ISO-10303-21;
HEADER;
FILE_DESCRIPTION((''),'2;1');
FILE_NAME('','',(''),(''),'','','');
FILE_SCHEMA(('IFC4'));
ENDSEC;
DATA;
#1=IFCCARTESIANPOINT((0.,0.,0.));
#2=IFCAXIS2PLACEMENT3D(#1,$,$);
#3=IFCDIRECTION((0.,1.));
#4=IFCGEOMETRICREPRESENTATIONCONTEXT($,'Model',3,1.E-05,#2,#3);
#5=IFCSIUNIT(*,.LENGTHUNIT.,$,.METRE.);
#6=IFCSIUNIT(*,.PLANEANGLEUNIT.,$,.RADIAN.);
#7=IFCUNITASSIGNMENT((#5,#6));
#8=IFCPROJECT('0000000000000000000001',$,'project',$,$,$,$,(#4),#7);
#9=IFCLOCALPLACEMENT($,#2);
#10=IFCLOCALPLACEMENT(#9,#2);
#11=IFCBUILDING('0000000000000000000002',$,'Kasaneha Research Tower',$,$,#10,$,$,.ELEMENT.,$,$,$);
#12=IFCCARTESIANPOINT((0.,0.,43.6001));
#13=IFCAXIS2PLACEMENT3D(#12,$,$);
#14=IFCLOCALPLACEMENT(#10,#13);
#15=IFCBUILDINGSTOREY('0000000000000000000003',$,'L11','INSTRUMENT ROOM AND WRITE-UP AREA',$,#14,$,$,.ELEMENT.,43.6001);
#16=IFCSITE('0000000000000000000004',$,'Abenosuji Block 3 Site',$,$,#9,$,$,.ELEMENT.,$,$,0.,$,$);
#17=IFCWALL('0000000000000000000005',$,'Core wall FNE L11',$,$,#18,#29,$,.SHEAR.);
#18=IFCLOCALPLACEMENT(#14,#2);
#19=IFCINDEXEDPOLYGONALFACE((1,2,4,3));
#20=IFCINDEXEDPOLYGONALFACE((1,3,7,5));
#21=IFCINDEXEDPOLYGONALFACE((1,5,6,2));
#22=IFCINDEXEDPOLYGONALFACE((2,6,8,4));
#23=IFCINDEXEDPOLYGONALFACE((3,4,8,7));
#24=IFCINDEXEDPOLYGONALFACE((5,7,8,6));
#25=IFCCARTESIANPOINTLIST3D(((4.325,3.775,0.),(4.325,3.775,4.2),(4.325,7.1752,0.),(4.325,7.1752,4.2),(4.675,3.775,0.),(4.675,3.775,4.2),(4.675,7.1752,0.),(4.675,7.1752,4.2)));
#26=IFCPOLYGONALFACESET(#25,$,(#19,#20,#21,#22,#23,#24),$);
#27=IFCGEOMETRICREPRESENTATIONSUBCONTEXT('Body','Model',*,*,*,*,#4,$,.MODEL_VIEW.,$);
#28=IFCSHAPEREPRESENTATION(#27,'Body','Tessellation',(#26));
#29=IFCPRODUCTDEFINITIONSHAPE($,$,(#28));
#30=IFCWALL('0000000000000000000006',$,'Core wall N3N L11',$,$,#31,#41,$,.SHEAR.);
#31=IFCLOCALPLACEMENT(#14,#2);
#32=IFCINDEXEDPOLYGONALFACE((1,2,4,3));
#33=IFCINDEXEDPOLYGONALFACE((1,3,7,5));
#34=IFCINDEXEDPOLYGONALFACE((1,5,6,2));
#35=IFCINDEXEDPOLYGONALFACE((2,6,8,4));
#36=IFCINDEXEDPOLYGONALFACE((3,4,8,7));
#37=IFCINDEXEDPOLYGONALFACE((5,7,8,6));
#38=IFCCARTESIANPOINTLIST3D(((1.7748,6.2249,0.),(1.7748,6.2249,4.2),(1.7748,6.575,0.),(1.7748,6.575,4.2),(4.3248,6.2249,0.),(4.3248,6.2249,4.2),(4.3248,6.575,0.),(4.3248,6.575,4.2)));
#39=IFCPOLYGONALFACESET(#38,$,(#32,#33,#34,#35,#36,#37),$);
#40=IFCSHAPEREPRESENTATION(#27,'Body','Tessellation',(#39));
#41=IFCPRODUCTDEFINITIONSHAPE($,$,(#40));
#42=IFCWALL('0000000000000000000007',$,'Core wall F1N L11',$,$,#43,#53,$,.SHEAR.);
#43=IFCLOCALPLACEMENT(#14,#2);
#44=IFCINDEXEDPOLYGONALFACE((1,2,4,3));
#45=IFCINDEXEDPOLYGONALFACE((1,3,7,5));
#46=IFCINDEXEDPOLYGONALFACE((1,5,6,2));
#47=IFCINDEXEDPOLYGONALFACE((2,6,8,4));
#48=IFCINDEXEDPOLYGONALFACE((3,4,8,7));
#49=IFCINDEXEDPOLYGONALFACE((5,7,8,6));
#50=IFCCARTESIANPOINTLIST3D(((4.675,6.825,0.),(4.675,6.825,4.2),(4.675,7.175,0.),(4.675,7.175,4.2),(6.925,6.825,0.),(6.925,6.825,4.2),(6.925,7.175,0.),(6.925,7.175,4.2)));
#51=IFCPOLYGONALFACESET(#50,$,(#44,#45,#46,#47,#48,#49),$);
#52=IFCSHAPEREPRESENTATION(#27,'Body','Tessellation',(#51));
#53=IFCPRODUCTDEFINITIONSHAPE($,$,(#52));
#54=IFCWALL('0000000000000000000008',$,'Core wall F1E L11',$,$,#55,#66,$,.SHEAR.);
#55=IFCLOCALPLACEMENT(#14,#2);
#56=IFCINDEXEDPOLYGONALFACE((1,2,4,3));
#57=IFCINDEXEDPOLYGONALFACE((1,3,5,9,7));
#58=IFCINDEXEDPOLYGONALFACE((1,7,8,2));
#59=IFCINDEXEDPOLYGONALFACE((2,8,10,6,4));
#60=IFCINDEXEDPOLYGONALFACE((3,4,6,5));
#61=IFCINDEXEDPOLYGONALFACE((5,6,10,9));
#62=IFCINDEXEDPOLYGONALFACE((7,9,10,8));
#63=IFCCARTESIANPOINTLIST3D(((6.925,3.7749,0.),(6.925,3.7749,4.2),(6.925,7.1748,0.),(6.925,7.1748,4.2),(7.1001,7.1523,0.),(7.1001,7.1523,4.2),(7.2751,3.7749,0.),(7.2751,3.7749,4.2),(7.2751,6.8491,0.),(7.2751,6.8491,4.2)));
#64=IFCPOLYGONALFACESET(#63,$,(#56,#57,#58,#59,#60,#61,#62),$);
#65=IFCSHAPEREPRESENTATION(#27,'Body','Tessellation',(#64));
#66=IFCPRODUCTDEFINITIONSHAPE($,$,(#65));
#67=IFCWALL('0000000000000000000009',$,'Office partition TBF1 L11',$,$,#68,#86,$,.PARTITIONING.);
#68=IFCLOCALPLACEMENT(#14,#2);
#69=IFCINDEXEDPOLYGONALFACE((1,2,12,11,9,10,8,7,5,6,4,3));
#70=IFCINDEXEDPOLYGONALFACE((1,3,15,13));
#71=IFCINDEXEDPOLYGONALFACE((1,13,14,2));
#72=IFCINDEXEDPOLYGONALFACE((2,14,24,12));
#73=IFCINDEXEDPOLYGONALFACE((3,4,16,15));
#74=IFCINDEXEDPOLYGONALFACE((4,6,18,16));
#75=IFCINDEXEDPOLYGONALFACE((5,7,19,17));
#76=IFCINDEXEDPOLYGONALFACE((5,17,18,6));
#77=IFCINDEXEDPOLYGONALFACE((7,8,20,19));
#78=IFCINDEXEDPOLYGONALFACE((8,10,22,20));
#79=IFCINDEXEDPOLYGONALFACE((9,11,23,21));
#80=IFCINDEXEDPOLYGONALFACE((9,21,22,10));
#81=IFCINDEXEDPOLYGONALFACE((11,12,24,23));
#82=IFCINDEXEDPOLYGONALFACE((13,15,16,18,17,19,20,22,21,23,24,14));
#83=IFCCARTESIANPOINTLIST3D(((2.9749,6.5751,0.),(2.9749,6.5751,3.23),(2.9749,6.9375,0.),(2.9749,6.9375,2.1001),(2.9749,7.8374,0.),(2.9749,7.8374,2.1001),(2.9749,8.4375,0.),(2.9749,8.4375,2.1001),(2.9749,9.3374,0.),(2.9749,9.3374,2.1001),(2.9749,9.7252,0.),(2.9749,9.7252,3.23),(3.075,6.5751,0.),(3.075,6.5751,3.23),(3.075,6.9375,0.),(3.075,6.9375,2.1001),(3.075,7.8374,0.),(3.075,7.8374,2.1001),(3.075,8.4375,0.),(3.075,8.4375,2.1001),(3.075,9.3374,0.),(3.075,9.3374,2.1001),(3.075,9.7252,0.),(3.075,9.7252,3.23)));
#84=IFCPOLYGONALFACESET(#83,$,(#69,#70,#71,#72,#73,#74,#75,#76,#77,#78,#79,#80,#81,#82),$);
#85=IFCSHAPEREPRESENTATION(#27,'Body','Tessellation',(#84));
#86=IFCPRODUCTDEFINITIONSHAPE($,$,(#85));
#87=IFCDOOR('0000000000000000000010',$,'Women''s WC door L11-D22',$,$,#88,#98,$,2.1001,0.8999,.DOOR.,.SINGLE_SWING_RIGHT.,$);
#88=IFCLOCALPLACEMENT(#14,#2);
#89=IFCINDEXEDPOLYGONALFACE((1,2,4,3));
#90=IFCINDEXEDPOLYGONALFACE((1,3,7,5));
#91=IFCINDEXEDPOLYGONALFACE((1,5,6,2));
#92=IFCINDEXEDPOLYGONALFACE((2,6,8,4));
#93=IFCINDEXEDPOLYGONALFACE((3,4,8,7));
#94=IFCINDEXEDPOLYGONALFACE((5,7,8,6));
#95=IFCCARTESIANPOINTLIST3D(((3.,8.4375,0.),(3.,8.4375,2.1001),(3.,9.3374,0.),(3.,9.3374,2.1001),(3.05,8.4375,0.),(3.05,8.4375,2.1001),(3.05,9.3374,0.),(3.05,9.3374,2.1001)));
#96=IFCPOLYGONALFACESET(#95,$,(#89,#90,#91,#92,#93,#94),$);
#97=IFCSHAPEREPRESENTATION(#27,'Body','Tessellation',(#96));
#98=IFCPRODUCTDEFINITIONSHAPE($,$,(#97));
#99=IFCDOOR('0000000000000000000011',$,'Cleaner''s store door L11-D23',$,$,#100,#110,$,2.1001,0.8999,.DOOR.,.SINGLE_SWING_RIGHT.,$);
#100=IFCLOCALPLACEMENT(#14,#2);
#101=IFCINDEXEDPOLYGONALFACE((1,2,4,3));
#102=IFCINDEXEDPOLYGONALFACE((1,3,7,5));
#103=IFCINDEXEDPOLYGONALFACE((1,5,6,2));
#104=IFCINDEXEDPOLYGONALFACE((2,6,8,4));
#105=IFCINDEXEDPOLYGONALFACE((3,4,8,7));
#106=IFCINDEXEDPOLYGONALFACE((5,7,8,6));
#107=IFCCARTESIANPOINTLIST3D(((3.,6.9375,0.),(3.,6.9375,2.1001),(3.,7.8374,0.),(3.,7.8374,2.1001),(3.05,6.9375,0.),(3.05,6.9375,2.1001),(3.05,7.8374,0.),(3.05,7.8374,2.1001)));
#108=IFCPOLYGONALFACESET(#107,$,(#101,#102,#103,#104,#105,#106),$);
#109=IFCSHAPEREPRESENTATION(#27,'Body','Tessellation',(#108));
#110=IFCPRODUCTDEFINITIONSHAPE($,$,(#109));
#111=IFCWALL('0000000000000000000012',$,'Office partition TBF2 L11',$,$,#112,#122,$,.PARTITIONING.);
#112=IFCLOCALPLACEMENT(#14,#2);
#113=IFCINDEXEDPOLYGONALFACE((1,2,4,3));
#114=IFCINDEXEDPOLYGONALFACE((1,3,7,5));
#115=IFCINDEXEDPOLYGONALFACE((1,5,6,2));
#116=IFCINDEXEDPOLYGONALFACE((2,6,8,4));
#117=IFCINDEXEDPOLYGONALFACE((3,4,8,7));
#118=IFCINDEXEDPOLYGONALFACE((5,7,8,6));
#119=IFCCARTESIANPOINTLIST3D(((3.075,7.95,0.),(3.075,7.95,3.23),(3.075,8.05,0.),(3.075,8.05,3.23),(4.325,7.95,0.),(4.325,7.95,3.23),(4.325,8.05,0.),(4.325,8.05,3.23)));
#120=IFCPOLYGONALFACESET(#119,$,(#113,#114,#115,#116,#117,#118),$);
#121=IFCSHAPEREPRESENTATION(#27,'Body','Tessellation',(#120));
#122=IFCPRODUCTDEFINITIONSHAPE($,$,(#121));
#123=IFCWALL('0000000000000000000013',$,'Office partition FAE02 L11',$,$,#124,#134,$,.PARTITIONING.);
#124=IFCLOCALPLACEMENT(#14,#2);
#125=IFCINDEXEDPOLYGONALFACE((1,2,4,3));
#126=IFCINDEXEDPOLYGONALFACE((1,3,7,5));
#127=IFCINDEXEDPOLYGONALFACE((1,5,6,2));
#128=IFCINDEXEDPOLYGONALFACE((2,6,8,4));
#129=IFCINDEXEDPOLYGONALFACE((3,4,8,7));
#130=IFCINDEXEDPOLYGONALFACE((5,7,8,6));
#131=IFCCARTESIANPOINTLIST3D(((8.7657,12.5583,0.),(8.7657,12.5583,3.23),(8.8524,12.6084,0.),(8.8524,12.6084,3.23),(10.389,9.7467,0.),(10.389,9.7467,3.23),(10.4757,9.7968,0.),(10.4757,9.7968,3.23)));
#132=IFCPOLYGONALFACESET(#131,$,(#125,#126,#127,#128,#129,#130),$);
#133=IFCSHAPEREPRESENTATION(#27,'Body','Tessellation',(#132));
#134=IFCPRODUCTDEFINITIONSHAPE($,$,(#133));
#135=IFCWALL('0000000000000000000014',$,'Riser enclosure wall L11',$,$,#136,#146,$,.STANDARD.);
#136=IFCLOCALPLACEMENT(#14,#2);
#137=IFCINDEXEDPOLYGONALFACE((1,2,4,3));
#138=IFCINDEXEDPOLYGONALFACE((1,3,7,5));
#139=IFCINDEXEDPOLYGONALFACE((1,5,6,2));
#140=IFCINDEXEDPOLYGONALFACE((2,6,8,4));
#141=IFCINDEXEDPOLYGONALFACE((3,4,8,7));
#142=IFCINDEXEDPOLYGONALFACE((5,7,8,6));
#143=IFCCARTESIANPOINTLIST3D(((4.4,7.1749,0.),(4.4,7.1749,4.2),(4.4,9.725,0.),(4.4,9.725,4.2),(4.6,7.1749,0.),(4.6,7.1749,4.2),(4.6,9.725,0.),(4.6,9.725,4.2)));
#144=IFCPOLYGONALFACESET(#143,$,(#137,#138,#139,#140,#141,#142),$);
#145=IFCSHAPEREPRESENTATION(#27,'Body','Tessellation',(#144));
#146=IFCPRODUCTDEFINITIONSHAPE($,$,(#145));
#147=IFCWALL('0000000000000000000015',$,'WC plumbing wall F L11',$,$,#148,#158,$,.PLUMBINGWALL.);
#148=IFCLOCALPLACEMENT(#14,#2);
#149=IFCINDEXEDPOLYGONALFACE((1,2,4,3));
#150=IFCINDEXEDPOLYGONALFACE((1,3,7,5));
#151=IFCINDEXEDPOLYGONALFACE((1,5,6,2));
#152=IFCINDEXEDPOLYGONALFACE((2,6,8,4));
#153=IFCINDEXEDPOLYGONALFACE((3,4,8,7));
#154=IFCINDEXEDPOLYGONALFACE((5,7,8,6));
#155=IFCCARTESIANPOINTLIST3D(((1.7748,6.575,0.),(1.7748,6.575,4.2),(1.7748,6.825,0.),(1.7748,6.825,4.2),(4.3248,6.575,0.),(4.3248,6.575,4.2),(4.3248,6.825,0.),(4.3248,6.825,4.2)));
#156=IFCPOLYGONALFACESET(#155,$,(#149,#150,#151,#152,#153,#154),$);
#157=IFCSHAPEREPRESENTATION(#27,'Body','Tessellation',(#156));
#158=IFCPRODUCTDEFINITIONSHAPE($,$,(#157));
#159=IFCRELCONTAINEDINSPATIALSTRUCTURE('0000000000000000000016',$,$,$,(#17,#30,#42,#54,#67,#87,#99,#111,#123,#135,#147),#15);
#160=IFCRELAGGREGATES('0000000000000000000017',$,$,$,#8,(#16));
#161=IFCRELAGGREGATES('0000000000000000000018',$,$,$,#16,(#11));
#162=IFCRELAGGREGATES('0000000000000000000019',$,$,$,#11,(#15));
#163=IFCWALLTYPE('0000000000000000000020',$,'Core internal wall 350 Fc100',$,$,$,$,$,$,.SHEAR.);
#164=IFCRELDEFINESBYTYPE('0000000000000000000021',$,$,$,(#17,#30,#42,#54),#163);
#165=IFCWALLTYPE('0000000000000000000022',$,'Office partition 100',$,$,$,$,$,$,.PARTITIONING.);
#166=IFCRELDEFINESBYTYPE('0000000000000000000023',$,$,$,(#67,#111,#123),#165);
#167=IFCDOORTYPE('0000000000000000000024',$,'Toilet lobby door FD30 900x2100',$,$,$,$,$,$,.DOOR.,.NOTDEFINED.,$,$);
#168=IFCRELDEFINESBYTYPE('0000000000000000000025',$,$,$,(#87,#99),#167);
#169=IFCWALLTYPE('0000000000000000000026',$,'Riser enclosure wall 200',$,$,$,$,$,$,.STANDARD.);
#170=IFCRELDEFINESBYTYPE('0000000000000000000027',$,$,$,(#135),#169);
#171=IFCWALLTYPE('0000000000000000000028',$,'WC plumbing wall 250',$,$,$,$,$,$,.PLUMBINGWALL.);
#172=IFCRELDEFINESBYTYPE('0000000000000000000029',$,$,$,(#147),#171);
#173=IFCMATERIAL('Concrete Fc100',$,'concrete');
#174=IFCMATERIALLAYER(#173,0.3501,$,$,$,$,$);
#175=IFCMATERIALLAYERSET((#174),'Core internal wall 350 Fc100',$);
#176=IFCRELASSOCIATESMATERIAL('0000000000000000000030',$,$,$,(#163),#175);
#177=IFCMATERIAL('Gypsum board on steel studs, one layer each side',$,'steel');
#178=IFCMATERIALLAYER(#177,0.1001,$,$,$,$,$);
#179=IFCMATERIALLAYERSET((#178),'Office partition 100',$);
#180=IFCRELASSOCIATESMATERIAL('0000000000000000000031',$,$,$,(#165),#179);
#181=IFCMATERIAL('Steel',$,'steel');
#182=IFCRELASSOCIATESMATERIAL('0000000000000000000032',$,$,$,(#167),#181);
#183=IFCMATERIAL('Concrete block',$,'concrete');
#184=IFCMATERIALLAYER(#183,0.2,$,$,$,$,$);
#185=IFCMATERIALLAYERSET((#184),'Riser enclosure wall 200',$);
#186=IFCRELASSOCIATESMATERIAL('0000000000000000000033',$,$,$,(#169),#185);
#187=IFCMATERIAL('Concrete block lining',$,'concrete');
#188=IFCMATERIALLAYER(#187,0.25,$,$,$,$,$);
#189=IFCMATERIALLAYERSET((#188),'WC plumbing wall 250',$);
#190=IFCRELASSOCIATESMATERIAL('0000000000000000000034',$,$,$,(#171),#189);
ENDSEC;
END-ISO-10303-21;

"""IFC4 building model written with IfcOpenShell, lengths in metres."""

from ifc_helpers import new_model, si_unit, direction, frame, frame_2d, origin, place, context, subcontext, project, spatial, polyline, rectangle, outline, extrude, material, layer, layer_set, type_object, element, fill, save


model = new_model("IFC4")

# Units and contexts
model_context = context("Model", 3, precision=1e-05, world=origin(), true_north=direction((0.0, 1.0)))
body_context = subcontext(model_context, "Body", "Model", "MODEL_VIEW")
ifc_project = project(units=[si_unit("LENGTHUNIT", "METRE"), si_unit("PLANEANGLEUNIT", "RADIAN")], contexts=[model_context])

# Site, building, storey
site_placement = place(None, origin())
site = spatial("IfcSite", under=ifc_project, at=site_placement, Name="Abenosuji Block 3 Site", CompositionType="ELEMENT", RefElevation=0.0)
building_placement = place(site_placement, origin())
building = spatial("IfcBuilding", under=site, at=building_placement, Name="Kasaneha Research Tower", CompositionType="ELEMENT")
storey_placement = place(building_placement, frame((0.0, 0.0, 43.6001)))
storey = spatial("IfcBuildingStorey", under=building, at=storey_placement, Name="L11", Description="INSTRUMENT ROOM AND WRITE-UP AREA", CompositionType="ELEMENT", Elevation=43.6001)

# Shared definitions
ifc_material_1 = material(Name="Concrete Fc100", Category="concrete")
ifc_layer_1 = layer(ifc_material_1, 0.3501)
ifc_layer_set_1 = layer_set([ifc_layer_1], Name="Core internal wall 350 Fc100")
wall_type_1 = type_object("IfcWallType", Name="Core internal wall 350 Fc100", PredefinedType="SHEAR", material=ifc_layer_set_1)

# Walls
wall_1_placement = place(storey_placement, frame((4.5, 3.7749, 0.0), z_axis=(0.0, 0.0, 1.0), x_axis=(0.0, 1.0, 0.0)))
element("IfcWall", 1, at=wall_1_placement, inside=storey, type_object=wall_type_1, Name="Core wall FNE L11", PredefinedType="SHEAR", context=body_context, shape_type="SweptSolid", body=[
    extrude(rectangle(XDim=3.4001, YDim=0.3501, at=frame_2d((1.7002, 0.0))), origin(), (0.0, 0.0, 1.0), 4.2),
])
wall_2_placement = place(storey_placement, frame((1.7749, 6.3999, 0.0), z_axis=(0.0, 0.0, 1.0), x_axis=(1.0, 0.0, 0.0)))
element("IfcWall", 2, at=wall_2_placement, inside=storey, type_object=wall_type_1, Name="Core wall N3N L11", PredefinedType="SHEAR", context=body_context, shape_type="SweptSolid", body=[
    extrude(rectangle(XDim=2.55, YDim=0.3501, at=frame_2d((1.2749, 0.0))), origin(), (0.0, 0.0, 1.0), 4.2),
])
wall_3_placement = place(storey_placement, frame((4.675, 7.0, 0.0), z_axis=(0.0, 0.0, 1.0), x_axis=(1.0, 0.0, 0.0)))
element("IfcWall", 3, at=wall_3_placement, inside=storey, type_object=wall_type_1, Name="Core wall F1N L11", PredefinedType="SHEAR", context=body_context, shape_type="SweptSolid", body=[
    extrude(rectangle(XDim=2.25, YDim=0.3501, at=frame_2d((1.125, 0.0))), origin(), (0.0, 0.0, 1.0), 4.2),
])
wall_4_placement = place(storey_placement, frame((7.1001, 3.7749, 0.0), z_axis=(0.0, 0.0, 1.0), x_axis=(0.0, 1.0, 0.0)))
element("IfcWall", 4, at=wall_4_placement, inside=storey, type_object=wall_type_1, Name="Core wall F1E L11", PredefinedType="SHEAR", context=body_context, shape_type="SweptSolid", body=[
    extrude(outline(polyline([(0.0, -0.175), (3.0742, -0.175), (3.3774, 0.0), (3.3999, 0.175), (0.0, 0.175), (0.0, -0.175)])), origin(), (0.0, 0.0, 1.0), 4.2),
])

# Wall, openings, doors
ifc_material_2 = material(Name="Gypsum board on steel studs, one layer each side", Category="steel")
ifc_layer_2 = layer(ifc_material_2, 0.1001)
ifc_layer_set_2 = layer_set([ifc_layer_2], Name="Office partition 100")
wall_type_2 = type_object("IfcWallType", Name="Office partition 100", PredefinedType="PARTITIONING", material=ifc_layer_set_2)
wall_5_placement = place(storey_placement, frame((3.0249, 6.575, 0.0), z_axis=(0.0, 0.0, 1.0), x_axis=(0.0, 1.0, 0.0)))
wall_5 = element("IfcWall", 5, at=wall_5_placement, inside=storey, type_object=wall_type_2, Name="Office partition TBF1 L11", PredefinedType="PARTITIONING", context=body_context, shape_type="SweptSolid", body=[
    extrude(rectangle(XDim=3.1501, YDim=0.1001, at=frame_2d((1.5752, 0.0))), origin(), (0.0, 0.0, 1.0), 3.23),
])
opening_1_placement = place(wall_5_placement, frame((1.8625, 0.0, 0.0)))
opening_1 = element("IfcOpeningElement", 6, at=opening_1_placement, cuts=wall_5, PredefinedType="OPENING", context=body_context, shape_type="SweptSolid", body=[
    extrude(rectangle(XDim=0.8999, YDim=2.1001, at=frame_2d((0.45, 1.05))), frame((0.0, 0.0601, 0.0), z_axis=(0.0, -1.0, 0.0), x_axis=(1.0, 0.0, 0.0)), (0.0, 0.0, 1.0), 0.1201),
])
opening_2_placement = place(wall_5_placement, frame((0.3625, 0.0, 0.0)))
opening_2 = element("IfcOpeningElement", 7, at=opening_2_placement, cuts=wall_5, PredefinedType="OPENING", context=body_context, shape_type="SweptSolid", body=[
    extrude(rectangle(XDim=0.8999, YDim=2.1001, at=frame_2d((0.45, 1.05))), frame((0.0, 0.0601, 0.0), z_axis=(0.0, -1.0, 0.0), x_axis=(1.0, 0.0, 0.0)), (0.0, 0.0, 1.0), 0.1201),
])
ifc_material_3 = material(Name="Steel", Category="steel")
door_type_1 = type_object("IfcDoorType", Name="Toilet lobby door FD30 900x2100", OperationType="NOTDEFINED", PredefinedType="DOOR", material=ifc_material_3)
door_1_placement = place(opening_1_placement, origin())
door_1 = element("IfcDoor", 8, at=door_1_placement, inside=storey, type_object=door_type_1, Name="Women's WC door L11-D22", OperationType="SINGLE_SWING_RIGHT", OverallHeight=2.1001, OverallWidth=0.8999, PredefinedType="DOOR", context=body_context, shape_type="SweptSolid", body=[
    extrude(rectangle(XDim=0.8999, YDim=2.1001, at=frame_2d((0.45, 1.05))), frame((0.0, 0.0249, 0.0), z_axis=(0.0, -1.0, 0.0), x_axis=(1.0, 0.0, 0.0)), (0.0, 0.0, 1.0), 0.05),
])
fill(opening_1, door_1)
door_2_placement = place(opening_2_placement, origin())
door_2 = element("IfcDoor", 9, at=door_2_placement, inside=storey, type_object=door_type_1, Name="Cleaner's store door L11-D23", OperationType="SINGLE_SWING_RIGHT", OverallHeight=2.1001, OverallWidth=0.8999, PredefinedType="DOOR", context=body_context, shape_type="SweptSolid", body=[
    extrude(rectangle(XDim=0.8999, YDim=2.1001, at=frame_2d((0.45, 1.05))), frame((0.0, 0.0249, 0.0), z_axis=(0.0, -1.0, 0.0), x_axis=(1.0, 0.0, 0.0)), (0.0, 0.0, 1.0), 0.05),
])
fill(opening_2, door_2)

# Walls
wall_6_placement = place(storey_placement, frame((3.075, 8.0, 0.0), z_axis=(0.0, 0.0, 1.0), x_axis=(1.0, 0.0, 0.0)))
element("IfcWall", 10, at=wall_6_placement, inside=storey, type_object=wall_type_2, Name="Office partition TBF2 L11", PredefinedType="PARTITIONING", context=body_context, shape_type="SweptSolid", body=[
    extrude(rectangle(XDim=1.25, YDim=0.1001, at=frame_2d((0.625, 0.0))), origin(), (0.0, 0.0, 1.0), 3.23),
])
wall_7_placement = place(storey_placement, frame((10.4324, 9.7717, 0.0), z_axis=(0.0, 0.0, 1.0), x_axis=(-0.500013, 0.866018, 0.0)))
element("IfcWall", 11, at=wall_7_placement, inside=storey, type_object=wall_type_2, Name="Office partition FAE02 L11", PredefinedType="PARTITIONING", context=body_context, shape_type="SweptSolid", body=[
    extrude(rectangle(XDim=3.2466, YDim=0.1001, at=frame_2d((1.6233, 0.0))), origin(), (0.0, 0.0, 1.0), 3.23),
])
ifc_material_4 = material(Name="Concrete block", Category="concrete")
ifc_layer_3 = layer(ifc_material_4, 0.2)
ifc_layer_set_3 = layer_set([ifc_layer_3], Name="Riser enclosure wall 200")
wall_type_3 = type_object("IfcWallType", Name="Riser enclosure wall 200", PredefinedType="STANDARD", material=ifc_layer_set_3)
wall_8_placement = place(storey_placement, frame((4.5, 7.175, 0.0), z_axis=(0.0, 0.0, 1.0), x_axis=(0.0, 1.0, 0.0)))
element("IfcWall", 12, at=wall_8_placement, inside=storey, type_object=wall_type_3, Name="Riser enclosure wall L11", PredefinedType="STANDARD", context=body_context, shape_type="SweptSolid", body=[
    extrude(rectangle(XDim=2.55, YDim=0.2, at=frame_2d((1.2749, 0.0))), origin(), (0.0, 0.0, 1.0), 4.2),
])
ifc_material_5 = material(Name="Concrete block lining", Category="concrete")
ifc_layer_4 = layer(ifc_material_5, 0.25)
ifc_layer_set_4 = layer_set([ifc_layer_4], Name="WC plumbing wall 250")
wall_type_4 = type_object("IfcWallType", Name="WC plumbing wall 250", PredefinedType="PLUMBINGWALL", material=ifc_layer_set_4)
wall_9_placement = place(storey_placement, frame((1.7749, 6.7, 0.0), z_axis=(0.0, 0.0, 1.0), x_axis=(1.0, 0.0, 0.0)))
element("IfcWall", 13, at=wall_9_placement, inside=storey, type_object=wall_type_4, Name="WC plumbing wall F L11", PredefinedType="PLUMBINGWALL", context=body_context, shape_type="SweptSolid", body=[
    extrude(rectangle(XDim=2.55, YDim=0.25, at=frame_2d((1.2749, 0.0))), origin(), (0.0, 0.0, 1.0), 4.2),
])

save(model, "model.ifc")
